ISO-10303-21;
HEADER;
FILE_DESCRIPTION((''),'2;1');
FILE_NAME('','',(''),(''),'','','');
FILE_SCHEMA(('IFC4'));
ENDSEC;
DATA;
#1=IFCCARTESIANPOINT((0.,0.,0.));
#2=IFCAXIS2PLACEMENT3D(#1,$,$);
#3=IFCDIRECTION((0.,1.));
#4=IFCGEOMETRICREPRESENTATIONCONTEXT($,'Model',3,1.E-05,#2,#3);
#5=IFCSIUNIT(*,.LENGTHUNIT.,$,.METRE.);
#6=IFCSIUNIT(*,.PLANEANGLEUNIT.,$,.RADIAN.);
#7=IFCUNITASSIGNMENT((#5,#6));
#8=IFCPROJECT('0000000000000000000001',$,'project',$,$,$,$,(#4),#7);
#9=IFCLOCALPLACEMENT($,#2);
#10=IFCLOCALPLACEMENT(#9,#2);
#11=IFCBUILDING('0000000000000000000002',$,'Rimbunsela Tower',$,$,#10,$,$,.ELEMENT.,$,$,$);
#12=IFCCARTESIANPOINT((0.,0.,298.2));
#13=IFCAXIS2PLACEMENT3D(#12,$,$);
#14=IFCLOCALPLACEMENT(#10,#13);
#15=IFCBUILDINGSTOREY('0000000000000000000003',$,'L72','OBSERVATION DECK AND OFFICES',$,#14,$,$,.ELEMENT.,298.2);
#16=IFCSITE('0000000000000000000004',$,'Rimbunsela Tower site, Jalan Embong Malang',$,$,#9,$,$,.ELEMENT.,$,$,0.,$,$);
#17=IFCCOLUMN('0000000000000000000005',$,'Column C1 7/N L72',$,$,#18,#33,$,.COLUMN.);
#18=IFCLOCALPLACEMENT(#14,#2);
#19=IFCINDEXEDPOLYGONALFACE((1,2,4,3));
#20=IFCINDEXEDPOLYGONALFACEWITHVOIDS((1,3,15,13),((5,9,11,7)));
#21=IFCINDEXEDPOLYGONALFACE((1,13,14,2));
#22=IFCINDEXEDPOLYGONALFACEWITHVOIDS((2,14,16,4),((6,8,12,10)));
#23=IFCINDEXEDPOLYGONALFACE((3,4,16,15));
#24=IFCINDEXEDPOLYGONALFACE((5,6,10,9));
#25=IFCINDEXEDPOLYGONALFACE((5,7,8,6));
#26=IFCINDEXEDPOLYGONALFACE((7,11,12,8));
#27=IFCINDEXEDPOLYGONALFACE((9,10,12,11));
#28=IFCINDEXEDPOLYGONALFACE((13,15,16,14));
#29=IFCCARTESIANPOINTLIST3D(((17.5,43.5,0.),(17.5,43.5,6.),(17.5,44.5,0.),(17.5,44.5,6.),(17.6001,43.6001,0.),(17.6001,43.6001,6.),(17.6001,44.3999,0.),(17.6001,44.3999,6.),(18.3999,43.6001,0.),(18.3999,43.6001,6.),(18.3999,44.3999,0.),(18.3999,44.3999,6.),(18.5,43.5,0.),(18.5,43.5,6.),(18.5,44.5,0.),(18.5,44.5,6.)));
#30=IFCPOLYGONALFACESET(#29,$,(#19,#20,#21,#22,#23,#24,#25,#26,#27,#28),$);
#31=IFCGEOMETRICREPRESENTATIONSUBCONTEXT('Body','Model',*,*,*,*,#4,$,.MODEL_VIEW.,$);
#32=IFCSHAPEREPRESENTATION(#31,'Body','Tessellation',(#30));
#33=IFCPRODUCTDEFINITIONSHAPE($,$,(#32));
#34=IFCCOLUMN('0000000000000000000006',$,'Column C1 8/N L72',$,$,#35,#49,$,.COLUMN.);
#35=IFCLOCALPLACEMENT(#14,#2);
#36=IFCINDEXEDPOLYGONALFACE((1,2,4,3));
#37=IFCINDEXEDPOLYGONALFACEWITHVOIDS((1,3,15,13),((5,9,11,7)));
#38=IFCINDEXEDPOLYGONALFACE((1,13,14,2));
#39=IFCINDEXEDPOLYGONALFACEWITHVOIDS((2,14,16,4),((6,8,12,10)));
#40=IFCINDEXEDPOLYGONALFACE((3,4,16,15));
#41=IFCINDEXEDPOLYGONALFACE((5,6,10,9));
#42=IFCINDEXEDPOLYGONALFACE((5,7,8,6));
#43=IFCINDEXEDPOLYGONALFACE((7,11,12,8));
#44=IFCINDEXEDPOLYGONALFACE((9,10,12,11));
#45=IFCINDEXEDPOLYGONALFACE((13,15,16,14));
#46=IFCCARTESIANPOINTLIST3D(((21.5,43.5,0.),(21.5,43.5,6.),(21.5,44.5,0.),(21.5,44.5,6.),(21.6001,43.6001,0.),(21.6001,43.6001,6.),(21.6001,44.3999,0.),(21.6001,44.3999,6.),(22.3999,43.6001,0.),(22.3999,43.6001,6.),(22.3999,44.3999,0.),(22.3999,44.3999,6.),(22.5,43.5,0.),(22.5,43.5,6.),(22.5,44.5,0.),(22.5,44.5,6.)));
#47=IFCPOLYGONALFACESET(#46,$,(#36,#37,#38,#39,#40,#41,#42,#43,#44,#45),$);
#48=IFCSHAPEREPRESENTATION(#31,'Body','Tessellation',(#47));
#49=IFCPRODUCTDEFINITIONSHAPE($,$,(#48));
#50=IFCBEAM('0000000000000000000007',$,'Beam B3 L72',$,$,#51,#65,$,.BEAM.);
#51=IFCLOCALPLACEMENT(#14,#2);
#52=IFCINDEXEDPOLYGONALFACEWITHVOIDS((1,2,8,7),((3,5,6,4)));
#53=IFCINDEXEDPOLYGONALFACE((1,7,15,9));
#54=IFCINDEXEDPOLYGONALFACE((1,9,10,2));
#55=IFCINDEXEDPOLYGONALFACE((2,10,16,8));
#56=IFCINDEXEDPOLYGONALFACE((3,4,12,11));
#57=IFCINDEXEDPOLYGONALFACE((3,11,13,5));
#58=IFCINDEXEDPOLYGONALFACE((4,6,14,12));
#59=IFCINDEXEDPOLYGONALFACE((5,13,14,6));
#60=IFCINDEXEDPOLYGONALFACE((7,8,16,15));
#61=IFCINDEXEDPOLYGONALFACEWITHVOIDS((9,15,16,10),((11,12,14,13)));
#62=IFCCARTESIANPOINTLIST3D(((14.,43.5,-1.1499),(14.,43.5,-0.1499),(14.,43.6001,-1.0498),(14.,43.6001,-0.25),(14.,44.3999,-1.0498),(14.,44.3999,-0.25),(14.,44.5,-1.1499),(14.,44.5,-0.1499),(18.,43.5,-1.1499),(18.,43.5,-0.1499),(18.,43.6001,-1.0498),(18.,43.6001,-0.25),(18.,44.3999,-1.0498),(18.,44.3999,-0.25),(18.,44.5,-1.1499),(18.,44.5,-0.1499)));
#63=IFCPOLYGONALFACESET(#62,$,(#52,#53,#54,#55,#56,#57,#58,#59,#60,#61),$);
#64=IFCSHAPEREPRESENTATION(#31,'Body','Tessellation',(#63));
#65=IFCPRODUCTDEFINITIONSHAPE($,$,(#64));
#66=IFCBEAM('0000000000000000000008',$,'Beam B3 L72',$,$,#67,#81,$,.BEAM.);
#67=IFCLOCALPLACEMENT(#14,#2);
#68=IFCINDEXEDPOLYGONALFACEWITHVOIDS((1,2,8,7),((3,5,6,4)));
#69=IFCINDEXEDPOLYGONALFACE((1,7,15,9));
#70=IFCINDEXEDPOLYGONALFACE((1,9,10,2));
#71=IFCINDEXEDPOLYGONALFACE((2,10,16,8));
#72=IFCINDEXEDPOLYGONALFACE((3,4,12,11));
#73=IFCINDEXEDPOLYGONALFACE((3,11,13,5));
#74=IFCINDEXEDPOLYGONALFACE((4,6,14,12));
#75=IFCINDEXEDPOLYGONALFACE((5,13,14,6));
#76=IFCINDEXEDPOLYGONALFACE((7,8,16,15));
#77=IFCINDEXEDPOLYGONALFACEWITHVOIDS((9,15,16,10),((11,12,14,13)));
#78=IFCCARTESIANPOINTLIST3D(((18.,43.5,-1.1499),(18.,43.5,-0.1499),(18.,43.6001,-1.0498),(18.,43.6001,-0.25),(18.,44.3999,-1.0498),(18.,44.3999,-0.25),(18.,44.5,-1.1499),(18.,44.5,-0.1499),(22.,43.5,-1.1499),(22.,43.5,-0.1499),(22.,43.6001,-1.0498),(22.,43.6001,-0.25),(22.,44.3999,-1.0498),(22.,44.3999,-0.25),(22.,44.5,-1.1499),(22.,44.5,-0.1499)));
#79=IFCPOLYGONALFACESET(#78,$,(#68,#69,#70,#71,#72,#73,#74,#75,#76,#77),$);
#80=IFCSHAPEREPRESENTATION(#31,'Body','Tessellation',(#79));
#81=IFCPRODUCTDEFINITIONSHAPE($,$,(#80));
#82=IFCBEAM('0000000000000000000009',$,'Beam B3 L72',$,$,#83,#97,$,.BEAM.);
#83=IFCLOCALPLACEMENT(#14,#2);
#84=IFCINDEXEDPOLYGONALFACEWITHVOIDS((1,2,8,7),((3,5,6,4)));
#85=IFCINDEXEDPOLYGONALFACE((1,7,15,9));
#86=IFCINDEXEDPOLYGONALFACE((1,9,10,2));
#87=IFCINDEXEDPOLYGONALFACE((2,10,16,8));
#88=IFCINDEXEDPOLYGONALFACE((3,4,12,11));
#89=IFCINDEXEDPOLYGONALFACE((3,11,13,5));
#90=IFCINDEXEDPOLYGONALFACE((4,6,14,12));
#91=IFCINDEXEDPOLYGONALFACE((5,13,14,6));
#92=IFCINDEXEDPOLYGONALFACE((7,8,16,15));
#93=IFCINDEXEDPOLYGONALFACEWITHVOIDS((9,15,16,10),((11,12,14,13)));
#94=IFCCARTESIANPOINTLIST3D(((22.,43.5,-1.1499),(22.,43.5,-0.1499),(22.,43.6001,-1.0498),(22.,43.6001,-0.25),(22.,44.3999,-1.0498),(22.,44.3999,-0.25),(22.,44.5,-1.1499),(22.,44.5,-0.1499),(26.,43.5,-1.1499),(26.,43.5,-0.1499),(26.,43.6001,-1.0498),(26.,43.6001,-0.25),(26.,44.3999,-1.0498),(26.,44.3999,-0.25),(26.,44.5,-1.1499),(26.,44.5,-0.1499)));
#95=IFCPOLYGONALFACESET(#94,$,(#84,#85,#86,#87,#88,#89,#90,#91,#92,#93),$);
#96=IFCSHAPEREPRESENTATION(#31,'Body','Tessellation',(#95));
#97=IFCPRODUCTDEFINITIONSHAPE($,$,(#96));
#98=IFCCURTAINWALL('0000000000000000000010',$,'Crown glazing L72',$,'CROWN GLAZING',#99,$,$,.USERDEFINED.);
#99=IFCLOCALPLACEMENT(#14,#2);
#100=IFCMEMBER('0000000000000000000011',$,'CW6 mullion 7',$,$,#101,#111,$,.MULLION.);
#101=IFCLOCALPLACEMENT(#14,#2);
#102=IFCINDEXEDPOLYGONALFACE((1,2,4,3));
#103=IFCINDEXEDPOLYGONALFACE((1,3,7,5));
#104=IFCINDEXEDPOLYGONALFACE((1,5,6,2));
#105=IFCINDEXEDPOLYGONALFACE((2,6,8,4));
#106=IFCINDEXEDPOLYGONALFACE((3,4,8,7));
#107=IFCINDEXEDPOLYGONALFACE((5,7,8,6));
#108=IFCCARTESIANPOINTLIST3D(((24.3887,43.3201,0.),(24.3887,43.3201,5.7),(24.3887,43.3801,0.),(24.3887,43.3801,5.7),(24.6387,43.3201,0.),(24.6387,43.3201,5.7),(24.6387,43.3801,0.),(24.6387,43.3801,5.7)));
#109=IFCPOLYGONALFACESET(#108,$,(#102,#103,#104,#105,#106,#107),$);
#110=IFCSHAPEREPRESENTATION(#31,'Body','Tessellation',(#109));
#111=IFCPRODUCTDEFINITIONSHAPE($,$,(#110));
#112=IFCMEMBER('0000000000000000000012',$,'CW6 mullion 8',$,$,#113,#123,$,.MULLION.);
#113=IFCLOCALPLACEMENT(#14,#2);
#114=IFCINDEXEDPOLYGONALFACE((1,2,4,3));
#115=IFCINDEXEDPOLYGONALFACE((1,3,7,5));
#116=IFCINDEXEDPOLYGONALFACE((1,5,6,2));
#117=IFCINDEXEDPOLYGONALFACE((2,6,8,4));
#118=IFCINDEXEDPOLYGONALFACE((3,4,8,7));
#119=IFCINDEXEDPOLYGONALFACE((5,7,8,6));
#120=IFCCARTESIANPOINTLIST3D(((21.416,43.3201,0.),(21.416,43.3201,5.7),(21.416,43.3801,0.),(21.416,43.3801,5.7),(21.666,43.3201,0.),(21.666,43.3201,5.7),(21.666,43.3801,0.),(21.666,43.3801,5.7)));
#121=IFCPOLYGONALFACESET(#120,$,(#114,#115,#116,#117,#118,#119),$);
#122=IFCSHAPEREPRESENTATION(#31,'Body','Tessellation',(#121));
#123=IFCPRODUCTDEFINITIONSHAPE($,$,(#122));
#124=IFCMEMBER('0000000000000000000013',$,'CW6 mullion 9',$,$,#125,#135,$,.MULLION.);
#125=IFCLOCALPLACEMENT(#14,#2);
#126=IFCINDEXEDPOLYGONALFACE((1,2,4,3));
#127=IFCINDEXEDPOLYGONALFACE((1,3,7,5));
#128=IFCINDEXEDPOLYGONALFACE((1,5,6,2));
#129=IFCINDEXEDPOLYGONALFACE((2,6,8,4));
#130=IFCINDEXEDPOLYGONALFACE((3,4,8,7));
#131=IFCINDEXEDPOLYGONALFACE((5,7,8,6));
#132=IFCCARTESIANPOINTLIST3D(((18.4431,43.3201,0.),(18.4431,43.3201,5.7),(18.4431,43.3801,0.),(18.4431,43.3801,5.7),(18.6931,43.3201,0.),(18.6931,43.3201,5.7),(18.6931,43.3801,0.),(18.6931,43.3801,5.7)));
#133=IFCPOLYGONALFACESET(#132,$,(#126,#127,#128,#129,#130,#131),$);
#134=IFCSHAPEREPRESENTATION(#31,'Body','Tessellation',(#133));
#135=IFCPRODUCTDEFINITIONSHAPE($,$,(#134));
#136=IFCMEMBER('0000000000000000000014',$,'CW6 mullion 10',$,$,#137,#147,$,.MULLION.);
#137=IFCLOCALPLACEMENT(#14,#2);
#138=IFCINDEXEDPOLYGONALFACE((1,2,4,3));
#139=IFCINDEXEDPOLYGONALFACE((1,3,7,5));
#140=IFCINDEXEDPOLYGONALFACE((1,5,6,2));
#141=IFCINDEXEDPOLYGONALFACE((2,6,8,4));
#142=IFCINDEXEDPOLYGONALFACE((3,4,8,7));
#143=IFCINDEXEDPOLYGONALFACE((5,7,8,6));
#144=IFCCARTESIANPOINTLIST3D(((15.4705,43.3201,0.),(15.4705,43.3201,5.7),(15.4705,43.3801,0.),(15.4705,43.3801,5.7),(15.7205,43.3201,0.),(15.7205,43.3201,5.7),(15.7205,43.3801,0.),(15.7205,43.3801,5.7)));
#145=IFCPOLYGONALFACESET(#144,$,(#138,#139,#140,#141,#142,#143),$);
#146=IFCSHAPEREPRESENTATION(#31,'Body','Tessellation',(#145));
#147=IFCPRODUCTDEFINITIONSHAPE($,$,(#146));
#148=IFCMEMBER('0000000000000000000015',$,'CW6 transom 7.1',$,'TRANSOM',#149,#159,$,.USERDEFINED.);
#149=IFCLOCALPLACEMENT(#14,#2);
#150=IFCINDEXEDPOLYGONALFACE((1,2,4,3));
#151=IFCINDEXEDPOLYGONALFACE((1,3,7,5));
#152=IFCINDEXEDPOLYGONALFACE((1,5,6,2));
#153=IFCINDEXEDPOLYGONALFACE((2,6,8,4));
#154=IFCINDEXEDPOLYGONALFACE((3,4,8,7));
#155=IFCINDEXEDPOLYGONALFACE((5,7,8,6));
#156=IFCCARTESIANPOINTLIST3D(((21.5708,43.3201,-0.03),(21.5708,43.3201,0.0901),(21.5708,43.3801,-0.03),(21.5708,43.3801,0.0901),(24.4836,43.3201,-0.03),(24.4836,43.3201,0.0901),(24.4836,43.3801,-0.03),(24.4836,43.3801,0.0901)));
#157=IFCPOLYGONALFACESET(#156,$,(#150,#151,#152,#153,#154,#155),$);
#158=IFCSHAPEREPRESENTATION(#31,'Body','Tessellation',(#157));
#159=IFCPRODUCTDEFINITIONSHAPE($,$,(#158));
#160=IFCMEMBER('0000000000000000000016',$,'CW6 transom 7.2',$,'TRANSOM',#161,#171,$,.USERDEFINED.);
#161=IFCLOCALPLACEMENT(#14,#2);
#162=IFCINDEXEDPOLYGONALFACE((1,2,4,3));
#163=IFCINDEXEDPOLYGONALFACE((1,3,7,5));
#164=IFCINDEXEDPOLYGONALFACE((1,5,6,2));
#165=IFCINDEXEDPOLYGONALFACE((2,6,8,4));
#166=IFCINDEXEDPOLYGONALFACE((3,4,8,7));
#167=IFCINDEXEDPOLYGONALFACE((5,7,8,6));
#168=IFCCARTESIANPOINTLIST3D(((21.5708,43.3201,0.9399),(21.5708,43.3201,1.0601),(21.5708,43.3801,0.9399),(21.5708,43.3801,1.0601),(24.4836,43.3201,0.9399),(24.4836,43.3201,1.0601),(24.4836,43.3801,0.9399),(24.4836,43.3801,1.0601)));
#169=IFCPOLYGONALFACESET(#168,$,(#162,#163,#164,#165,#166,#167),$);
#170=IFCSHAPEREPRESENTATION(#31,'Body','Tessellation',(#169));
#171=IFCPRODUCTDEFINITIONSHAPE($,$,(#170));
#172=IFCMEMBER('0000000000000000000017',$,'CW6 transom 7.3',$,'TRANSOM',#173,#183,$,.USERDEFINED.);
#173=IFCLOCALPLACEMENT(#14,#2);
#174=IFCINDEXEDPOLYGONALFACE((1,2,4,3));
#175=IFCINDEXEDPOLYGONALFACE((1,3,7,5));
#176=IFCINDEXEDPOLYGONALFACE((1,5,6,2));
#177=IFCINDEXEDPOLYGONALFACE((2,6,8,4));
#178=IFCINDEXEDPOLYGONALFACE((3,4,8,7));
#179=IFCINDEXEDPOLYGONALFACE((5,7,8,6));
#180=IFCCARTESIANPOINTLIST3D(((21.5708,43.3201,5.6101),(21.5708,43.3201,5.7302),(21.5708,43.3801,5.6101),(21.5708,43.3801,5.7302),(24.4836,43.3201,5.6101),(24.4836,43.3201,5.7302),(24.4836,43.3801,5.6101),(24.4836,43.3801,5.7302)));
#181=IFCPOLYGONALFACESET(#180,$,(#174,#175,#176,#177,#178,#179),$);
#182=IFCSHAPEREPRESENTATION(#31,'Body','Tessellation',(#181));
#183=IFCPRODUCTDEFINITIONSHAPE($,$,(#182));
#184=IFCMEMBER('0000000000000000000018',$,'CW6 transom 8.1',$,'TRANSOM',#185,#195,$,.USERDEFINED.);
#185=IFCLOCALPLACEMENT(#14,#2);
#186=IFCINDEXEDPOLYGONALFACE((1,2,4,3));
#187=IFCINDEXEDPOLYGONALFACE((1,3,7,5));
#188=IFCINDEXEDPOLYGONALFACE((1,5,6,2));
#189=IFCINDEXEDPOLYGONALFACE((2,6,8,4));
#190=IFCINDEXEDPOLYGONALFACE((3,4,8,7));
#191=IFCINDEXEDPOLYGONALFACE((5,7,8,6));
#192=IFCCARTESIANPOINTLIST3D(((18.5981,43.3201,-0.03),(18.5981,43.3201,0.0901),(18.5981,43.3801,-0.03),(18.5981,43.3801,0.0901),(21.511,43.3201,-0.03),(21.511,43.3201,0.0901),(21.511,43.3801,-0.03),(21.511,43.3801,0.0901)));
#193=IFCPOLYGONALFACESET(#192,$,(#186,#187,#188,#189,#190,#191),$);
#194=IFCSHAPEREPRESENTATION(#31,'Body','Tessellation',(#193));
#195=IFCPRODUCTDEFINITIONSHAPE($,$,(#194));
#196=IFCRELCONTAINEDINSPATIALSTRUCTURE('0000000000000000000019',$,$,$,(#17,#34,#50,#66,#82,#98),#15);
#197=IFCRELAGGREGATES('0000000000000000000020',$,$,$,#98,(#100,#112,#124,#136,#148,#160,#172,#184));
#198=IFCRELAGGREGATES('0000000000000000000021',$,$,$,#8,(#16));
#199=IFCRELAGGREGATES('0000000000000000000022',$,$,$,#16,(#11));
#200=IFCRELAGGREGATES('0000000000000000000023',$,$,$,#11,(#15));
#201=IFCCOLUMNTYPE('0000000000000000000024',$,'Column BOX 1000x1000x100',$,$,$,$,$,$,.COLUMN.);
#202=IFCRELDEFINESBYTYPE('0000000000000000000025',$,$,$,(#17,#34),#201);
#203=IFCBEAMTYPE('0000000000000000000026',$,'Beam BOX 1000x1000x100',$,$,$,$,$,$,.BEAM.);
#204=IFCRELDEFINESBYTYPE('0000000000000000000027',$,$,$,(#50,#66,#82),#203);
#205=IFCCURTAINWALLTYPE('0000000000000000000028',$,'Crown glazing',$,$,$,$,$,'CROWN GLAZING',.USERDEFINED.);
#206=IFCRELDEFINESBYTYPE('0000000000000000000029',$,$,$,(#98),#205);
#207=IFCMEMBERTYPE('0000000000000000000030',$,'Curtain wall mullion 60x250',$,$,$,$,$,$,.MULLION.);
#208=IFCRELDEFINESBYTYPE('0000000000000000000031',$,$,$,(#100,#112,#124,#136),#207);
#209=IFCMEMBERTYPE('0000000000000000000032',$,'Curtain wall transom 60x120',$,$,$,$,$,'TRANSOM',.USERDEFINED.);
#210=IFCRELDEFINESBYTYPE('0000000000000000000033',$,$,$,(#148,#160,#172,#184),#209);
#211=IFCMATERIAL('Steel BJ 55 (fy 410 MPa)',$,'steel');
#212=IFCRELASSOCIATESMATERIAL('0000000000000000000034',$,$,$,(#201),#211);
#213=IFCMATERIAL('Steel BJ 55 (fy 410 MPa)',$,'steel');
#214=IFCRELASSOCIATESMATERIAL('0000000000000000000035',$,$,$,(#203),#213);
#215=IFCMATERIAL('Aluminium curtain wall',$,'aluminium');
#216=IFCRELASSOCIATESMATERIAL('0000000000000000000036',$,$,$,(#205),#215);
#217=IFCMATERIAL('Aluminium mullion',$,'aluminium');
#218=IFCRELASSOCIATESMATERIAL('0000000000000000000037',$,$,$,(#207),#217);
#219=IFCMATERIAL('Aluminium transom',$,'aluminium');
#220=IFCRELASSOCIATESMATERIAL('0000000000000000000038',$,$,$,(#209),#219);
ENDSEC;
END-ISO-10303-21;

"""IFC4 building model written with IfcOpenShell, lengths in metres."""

from ifc_helpers import new_model, si_unit, direction, frame, origin, origin_2d, place, context, subcontext, project, spatial, rectangle, hollow_rectangle, extrude, material, material_profile, profile_set, type_object, element, aggregate, save


model = new_model("IFC4")

# Units and contexts
model_context = context("Model", 3, precision=1e-05, world=origin(), true_north=direction((0.0, 1.0)))
body_context = subcontext(model_context, "Body", "Model", "MODEL_VIEW")
ifc_project = project(units=[si_unit("LENGTHUNIT", "METRE"), si_unit("PLANEANGLEUNIT", "RADIAN")], contexts=[model_context])

# Site, building, storey
site_placement = place(None, origin())
site = spatial("IfcSite", under=ifc_project, at=site_placement, Name="Rimbunsela Tower site, Jalan Embong Malang", CompositionType="ELEMENT", RefElevation=0.0)
building_placement = place(site_placement, origin())
building = spatial("IfcBuilding", under=site, at=building_placement, Name="Rimbunsela Tower", CompositionType="ELEMENT")
storey_placement = place(building_placement, frame((0.0, 0.0, 298.2)))
storey = spatial("IfcBuildingStorey", under=building, at=storey_placement, Name="L72", Description="OBSERVATION DECK AND OFFICES", CompositionType="ELEMENT", Elevation=298.2)

# Columns
ifc_material_1 = material(Name="Steel BJ 55 (fy 410 MPa)", Category="steel")
ifc_material_profile_1 = material_profile(ifc_material_1, hollow_rectangle(XDim=1.0, YDim=1.0, WallThickness=0.1001, at=origin_2d()), Name="BOX 1000x1000x100")
ifc_profile_set_1 = profile_set([ifc_material_profile_1], Name="Steel BJ 55 (fy 410 MPa)")
column_type = type_object("IfcColumnType", Name="Column BOX 1000x1000x100", PredefinedType="COLUMN", material=ifc_profile_set_1)
for number, where, z_axis, x_axis, name in (
    (1, (18.0, 44.0, 0.0), (0.0, 0.0, 1.0), (1.0, 0.0, 0.0), "Column C1 7/N L72"),
    (2, (22.0, 44.0, 0.0), (0.0, 0.0, 1.0), (1.0, 0.0, 0.0), "Column C1 8/N L72"),
):
    element("IfcColumn", number, at=place(storey_placement, frame(where, z_axis=z_axis, x_axis=x_axis)), inside=storey, type_object=column_type, Name=name, PredefinedType="COLUMN", context=body_context, shape_type="SweptSolid", body=[
        extrude(hollow_rectangle(XDim=1.0, YDim=1.0, WallThickness=0.1001, at=origin_2d()), origin(), (0.0, 0.0, 1.0), 6.0),
    ])

# Beams
ifc_material_2 = material(Name="Steel BJ 55 (fy 410 MPa)", Category="steel")
ifc_material_profile_2 = material_profile(ifc_material_2, hollow_rectangle(XDim=1.0, YDim=1.0, WallThickness=0.1001, at=origin_2d()), Name="BOX 1000x1000x100")
ifc_profile_set_2 = profile_set([ifc_material_profile_2], Name="Steel BJ 55 (fy 410 MPa)")
beam_type = type_object("IfcBeamType", Name="Beam BOX 1000x1000x100", PredefinedType="BEAM", material=ifc_profile_set_2)
for number, where, z_axis, x_axis, name in (
    (3, (14.0, 44.0, -0.6499), (1.0, 0.0, 0.0), (0.0, 1.0, 0.0), "Beam B3 L72"),
    (4, (18.0, 44.0, -0.6499), (1.0, 0.0, 0.0), (0.0, 1.0, 0.0), "Beam B3 L72"),
    (5, (22.0, 44.0, -0.6499), (1.0, 0.0, 0.0), (0.0, 1.0, 0.0), "Beam B3 L72"),
):
    element("IfcBeam", number, at=place(storey_placement, frame(where, z_axis=z_axis, x_axis=x_axis)), inside=storey, type_object=beam_type, Name=name, PredefinedType="BEAM", context=body_context, shape_type="SweptSolid", body=[
        extrude(hollow_rectangle(XDim=1.0, YDim=1.0, WallThickness=0.1001, at=origin_2d()), origin(), (0.0, 0.0, 1.0), 4.0),
    ])

# Curtain wall, members
ifc_material_3 = material(Name="Aluminium curtain wall", Category="aluminium")
curtain_wall_type = type_object("IfcCurtainWallType", Name="Crown glazing", ElementType="CROWN GLAZING", PredefinedType="USERDEFINED", material=ifc_material_3)
curtain_wall_placement = place(storey_placement, origin())
curtain_wall = element("IfcCurtainWall", 6, at=curtain_wall_placement, inside=storey, type_object=curtain_wall_type, Name="Crown glazing L72", ObjectType="CROWN GLAZING", PredefinedType="USERDEFINED")
ifc_material_4 = material(Name="Aluminium mullion", Category="aluminium")
ifc_material_profile_3 = material_profile(ifc_material_4, rectangle(XDim=0.0601, YDim=0.25, at=origin_2d()), Name="Mullion 60x250")
ifc_profile_set_3 = profile_set([ifc_material_profile_3], Name="Aluminium mullion")
member_type_1 = type_object("IfcMemberType", Name="Curtain wall mullion 60x250", PredefinedType="MULLION", material=ifc_profile_set_3)
member_1_placement = place(storey_placement, frame((24.5137, 43.3501, 0.0), z_axis=(0.0, 0.0, 1.0), x_axis=(0.0, -1.0, 0.0)))
member_1 = element("IfcMember", 7, at=member_1_placement, type_object=member_type_1, Name="CW6 mullion 7", PredefinedType="MULLION", context=body_context, shape_type="SweptSolid", body=[
    extrude(rectangle(XDim=0.0601, YDim=0.25, at=origin_2d()), origin(), (0.0, 0.0, 1.0), 5.7),
])
member_2_placement = place(storey_placement, frame((21.541, 43.3501, 0.0), z_axis=(0.0, 0.0, 1.0), x_axis=(0.0, -1.0, 0.0)))
member_2 = element("IfcMember", 8, at=member_2_placement, type_object=member_type_1, Name="CW6 mullion 8", PredefinedType="MULLION", context=body_context, shape_type="SweptSolid", body=[
    extrude(rectangle(XDim=0.0601, YDim=0.25, at=origin_2d()), origin(), (0.0, 0.0, 1.0), 5.7),
])
member_3_placement = place(storey_placement, frame((18.5681, 43.3501, 0.0), z_axis=(0.0, 0.0, 1.0), x_axis=(0.0, -1.0, 0.0)))
member_3 = element("IfcMember", 9, at=member_3_placement, type_object=member_type_1, Name="CW6 mullion 9", PredefinedType="MULLION", context=body_context, shape_type="SweptSolid", body=[
    extrude(rectangle(XDim=0.0601, YDim=0.25, at=origin_2d()), origin(), (0.0, 0.0, 1.0), 5.7),
])
member_4_placement = place(storey_placement, frame((15.5955, 43.3501, 0.0), z_axis=(0.0, 0.0, 1.0), x_axis=(0.0, -1.0, 0.0)))
member_4 = element("IfcMember", 10, at=member_4_placement, type_object=member_type_1, Name="CW6 mullion 10", PredefinedType="MULLION", context=body_context, shape_type="SweptSolid", body=[
    extrude(rectangle(XDim=0.0601, YDim=0.25, at=origin_2d()), origin(), (0.0, 0.0, 1.0), 5.7),
])
ifc_material_5 = material(Name="Aluminium transom", Category="aluminium")
ifc_material_profile_4 = material_profile(ifc_material_5, rectangle(XDim=0.0601, YDim=0.1201, at=origin_2d()), Name="Transom 60x120")
ifc_profile_set_4 = profile_set([ifc_material_profile_4], Name="Aluminium transom")
member_type_2 = type_object("IfcMemberType", Name="Curtain wall transom 60x120", ElementType="TRANSOM", PredefinedType="USERDEFINED", material=ifc_profile_set_4)
member_5_placement = place(storey_placement, frame((24.4836, 43.3501, 0.03), z_axis=(-1.0, 0.0, 0.0), x_axis=(0.0, -1.0, 0.0)))
member_5 = element("IfcMember", 11, at=member_5_placement, type_object=member_type_2, Name="CW6 transom 7.1", ObjectType="TRANSOM", PredefinedType="USERDEFINED", context=body_context, shape_type="SweptSolid", body=[
    extrude(rectangle(XDim=0.0601, YDim=0.1201, at=origin_2d()), origin(), (0.0, 0.0, 1.0), 2.9128),
])
member_6_placement = place(storey_placement, frame((24.4836, 43.3501, 1.0), z_axis=(-1.0, 0.0, 0.0), x_axis=(0.0, -1.0, 0.0)))
member_6 = element("IfcMember", 12, at=member_6_placement, type_object=member_type_2, Name="CW6 transom 7.2", ObjectType="TRANSOM", PredefinedType="USERDEFINED", context=body_context, shape_type="SweptSolid", body=[
    extrude(rectangle(XDim=0.0601, YDim=0.1201, at=origin_2d()), origin(), (0.0, 0.0, 1.0), 2.9128),
])
member_7_placement = place(storey_placement, frame((24.4836, 43.3501, 5.6702), z_axis=(-1.0, 0.0, 0.0), x_axis=(0.0, -1.0, 0.0)))
member_7 = element("IfcMember", 13, at=member_7_placement, type_object=member_type_2, Name="CW6 transom 7.3", ObjectType="TRANSOM", PredefinedType="USERDEFINED", context=body_context, shape_type="SweptSolid", body=[
    extrude(rectangle(XDim=0.0601, YDim=0.1201, at=origin_2d()), origin(), (0.0, 0.0, 1.0), 2.9128),
])
member_8_placement = place(storey_placement, frame((21.511, 43.3501, 0.03), z_axis=(-1.0, 0.0, 0.0), x_axis=(0.0, -1.0, 0.0)))
member_8 = element("IfcMember", 14, at=member_8_placement, type_object=member_type_2, Name="CW6 transom 8.1", ObjectType="TRANSOM", PredefinedType="USERDEFINED", context=body_context, shape_type="SweptSolid", body=[
    extrude(rectangle(XDim=0.0601, YDim=0.1201, at=origin_2d()), origin(), (0.0, 0.0, 1.0), 2.9128),
])
aggregate(curtain_wall, [member_1, member_2, member_3, member_4, member_5, member_6, member_7, member_8])

save(model, "model.ifc")
